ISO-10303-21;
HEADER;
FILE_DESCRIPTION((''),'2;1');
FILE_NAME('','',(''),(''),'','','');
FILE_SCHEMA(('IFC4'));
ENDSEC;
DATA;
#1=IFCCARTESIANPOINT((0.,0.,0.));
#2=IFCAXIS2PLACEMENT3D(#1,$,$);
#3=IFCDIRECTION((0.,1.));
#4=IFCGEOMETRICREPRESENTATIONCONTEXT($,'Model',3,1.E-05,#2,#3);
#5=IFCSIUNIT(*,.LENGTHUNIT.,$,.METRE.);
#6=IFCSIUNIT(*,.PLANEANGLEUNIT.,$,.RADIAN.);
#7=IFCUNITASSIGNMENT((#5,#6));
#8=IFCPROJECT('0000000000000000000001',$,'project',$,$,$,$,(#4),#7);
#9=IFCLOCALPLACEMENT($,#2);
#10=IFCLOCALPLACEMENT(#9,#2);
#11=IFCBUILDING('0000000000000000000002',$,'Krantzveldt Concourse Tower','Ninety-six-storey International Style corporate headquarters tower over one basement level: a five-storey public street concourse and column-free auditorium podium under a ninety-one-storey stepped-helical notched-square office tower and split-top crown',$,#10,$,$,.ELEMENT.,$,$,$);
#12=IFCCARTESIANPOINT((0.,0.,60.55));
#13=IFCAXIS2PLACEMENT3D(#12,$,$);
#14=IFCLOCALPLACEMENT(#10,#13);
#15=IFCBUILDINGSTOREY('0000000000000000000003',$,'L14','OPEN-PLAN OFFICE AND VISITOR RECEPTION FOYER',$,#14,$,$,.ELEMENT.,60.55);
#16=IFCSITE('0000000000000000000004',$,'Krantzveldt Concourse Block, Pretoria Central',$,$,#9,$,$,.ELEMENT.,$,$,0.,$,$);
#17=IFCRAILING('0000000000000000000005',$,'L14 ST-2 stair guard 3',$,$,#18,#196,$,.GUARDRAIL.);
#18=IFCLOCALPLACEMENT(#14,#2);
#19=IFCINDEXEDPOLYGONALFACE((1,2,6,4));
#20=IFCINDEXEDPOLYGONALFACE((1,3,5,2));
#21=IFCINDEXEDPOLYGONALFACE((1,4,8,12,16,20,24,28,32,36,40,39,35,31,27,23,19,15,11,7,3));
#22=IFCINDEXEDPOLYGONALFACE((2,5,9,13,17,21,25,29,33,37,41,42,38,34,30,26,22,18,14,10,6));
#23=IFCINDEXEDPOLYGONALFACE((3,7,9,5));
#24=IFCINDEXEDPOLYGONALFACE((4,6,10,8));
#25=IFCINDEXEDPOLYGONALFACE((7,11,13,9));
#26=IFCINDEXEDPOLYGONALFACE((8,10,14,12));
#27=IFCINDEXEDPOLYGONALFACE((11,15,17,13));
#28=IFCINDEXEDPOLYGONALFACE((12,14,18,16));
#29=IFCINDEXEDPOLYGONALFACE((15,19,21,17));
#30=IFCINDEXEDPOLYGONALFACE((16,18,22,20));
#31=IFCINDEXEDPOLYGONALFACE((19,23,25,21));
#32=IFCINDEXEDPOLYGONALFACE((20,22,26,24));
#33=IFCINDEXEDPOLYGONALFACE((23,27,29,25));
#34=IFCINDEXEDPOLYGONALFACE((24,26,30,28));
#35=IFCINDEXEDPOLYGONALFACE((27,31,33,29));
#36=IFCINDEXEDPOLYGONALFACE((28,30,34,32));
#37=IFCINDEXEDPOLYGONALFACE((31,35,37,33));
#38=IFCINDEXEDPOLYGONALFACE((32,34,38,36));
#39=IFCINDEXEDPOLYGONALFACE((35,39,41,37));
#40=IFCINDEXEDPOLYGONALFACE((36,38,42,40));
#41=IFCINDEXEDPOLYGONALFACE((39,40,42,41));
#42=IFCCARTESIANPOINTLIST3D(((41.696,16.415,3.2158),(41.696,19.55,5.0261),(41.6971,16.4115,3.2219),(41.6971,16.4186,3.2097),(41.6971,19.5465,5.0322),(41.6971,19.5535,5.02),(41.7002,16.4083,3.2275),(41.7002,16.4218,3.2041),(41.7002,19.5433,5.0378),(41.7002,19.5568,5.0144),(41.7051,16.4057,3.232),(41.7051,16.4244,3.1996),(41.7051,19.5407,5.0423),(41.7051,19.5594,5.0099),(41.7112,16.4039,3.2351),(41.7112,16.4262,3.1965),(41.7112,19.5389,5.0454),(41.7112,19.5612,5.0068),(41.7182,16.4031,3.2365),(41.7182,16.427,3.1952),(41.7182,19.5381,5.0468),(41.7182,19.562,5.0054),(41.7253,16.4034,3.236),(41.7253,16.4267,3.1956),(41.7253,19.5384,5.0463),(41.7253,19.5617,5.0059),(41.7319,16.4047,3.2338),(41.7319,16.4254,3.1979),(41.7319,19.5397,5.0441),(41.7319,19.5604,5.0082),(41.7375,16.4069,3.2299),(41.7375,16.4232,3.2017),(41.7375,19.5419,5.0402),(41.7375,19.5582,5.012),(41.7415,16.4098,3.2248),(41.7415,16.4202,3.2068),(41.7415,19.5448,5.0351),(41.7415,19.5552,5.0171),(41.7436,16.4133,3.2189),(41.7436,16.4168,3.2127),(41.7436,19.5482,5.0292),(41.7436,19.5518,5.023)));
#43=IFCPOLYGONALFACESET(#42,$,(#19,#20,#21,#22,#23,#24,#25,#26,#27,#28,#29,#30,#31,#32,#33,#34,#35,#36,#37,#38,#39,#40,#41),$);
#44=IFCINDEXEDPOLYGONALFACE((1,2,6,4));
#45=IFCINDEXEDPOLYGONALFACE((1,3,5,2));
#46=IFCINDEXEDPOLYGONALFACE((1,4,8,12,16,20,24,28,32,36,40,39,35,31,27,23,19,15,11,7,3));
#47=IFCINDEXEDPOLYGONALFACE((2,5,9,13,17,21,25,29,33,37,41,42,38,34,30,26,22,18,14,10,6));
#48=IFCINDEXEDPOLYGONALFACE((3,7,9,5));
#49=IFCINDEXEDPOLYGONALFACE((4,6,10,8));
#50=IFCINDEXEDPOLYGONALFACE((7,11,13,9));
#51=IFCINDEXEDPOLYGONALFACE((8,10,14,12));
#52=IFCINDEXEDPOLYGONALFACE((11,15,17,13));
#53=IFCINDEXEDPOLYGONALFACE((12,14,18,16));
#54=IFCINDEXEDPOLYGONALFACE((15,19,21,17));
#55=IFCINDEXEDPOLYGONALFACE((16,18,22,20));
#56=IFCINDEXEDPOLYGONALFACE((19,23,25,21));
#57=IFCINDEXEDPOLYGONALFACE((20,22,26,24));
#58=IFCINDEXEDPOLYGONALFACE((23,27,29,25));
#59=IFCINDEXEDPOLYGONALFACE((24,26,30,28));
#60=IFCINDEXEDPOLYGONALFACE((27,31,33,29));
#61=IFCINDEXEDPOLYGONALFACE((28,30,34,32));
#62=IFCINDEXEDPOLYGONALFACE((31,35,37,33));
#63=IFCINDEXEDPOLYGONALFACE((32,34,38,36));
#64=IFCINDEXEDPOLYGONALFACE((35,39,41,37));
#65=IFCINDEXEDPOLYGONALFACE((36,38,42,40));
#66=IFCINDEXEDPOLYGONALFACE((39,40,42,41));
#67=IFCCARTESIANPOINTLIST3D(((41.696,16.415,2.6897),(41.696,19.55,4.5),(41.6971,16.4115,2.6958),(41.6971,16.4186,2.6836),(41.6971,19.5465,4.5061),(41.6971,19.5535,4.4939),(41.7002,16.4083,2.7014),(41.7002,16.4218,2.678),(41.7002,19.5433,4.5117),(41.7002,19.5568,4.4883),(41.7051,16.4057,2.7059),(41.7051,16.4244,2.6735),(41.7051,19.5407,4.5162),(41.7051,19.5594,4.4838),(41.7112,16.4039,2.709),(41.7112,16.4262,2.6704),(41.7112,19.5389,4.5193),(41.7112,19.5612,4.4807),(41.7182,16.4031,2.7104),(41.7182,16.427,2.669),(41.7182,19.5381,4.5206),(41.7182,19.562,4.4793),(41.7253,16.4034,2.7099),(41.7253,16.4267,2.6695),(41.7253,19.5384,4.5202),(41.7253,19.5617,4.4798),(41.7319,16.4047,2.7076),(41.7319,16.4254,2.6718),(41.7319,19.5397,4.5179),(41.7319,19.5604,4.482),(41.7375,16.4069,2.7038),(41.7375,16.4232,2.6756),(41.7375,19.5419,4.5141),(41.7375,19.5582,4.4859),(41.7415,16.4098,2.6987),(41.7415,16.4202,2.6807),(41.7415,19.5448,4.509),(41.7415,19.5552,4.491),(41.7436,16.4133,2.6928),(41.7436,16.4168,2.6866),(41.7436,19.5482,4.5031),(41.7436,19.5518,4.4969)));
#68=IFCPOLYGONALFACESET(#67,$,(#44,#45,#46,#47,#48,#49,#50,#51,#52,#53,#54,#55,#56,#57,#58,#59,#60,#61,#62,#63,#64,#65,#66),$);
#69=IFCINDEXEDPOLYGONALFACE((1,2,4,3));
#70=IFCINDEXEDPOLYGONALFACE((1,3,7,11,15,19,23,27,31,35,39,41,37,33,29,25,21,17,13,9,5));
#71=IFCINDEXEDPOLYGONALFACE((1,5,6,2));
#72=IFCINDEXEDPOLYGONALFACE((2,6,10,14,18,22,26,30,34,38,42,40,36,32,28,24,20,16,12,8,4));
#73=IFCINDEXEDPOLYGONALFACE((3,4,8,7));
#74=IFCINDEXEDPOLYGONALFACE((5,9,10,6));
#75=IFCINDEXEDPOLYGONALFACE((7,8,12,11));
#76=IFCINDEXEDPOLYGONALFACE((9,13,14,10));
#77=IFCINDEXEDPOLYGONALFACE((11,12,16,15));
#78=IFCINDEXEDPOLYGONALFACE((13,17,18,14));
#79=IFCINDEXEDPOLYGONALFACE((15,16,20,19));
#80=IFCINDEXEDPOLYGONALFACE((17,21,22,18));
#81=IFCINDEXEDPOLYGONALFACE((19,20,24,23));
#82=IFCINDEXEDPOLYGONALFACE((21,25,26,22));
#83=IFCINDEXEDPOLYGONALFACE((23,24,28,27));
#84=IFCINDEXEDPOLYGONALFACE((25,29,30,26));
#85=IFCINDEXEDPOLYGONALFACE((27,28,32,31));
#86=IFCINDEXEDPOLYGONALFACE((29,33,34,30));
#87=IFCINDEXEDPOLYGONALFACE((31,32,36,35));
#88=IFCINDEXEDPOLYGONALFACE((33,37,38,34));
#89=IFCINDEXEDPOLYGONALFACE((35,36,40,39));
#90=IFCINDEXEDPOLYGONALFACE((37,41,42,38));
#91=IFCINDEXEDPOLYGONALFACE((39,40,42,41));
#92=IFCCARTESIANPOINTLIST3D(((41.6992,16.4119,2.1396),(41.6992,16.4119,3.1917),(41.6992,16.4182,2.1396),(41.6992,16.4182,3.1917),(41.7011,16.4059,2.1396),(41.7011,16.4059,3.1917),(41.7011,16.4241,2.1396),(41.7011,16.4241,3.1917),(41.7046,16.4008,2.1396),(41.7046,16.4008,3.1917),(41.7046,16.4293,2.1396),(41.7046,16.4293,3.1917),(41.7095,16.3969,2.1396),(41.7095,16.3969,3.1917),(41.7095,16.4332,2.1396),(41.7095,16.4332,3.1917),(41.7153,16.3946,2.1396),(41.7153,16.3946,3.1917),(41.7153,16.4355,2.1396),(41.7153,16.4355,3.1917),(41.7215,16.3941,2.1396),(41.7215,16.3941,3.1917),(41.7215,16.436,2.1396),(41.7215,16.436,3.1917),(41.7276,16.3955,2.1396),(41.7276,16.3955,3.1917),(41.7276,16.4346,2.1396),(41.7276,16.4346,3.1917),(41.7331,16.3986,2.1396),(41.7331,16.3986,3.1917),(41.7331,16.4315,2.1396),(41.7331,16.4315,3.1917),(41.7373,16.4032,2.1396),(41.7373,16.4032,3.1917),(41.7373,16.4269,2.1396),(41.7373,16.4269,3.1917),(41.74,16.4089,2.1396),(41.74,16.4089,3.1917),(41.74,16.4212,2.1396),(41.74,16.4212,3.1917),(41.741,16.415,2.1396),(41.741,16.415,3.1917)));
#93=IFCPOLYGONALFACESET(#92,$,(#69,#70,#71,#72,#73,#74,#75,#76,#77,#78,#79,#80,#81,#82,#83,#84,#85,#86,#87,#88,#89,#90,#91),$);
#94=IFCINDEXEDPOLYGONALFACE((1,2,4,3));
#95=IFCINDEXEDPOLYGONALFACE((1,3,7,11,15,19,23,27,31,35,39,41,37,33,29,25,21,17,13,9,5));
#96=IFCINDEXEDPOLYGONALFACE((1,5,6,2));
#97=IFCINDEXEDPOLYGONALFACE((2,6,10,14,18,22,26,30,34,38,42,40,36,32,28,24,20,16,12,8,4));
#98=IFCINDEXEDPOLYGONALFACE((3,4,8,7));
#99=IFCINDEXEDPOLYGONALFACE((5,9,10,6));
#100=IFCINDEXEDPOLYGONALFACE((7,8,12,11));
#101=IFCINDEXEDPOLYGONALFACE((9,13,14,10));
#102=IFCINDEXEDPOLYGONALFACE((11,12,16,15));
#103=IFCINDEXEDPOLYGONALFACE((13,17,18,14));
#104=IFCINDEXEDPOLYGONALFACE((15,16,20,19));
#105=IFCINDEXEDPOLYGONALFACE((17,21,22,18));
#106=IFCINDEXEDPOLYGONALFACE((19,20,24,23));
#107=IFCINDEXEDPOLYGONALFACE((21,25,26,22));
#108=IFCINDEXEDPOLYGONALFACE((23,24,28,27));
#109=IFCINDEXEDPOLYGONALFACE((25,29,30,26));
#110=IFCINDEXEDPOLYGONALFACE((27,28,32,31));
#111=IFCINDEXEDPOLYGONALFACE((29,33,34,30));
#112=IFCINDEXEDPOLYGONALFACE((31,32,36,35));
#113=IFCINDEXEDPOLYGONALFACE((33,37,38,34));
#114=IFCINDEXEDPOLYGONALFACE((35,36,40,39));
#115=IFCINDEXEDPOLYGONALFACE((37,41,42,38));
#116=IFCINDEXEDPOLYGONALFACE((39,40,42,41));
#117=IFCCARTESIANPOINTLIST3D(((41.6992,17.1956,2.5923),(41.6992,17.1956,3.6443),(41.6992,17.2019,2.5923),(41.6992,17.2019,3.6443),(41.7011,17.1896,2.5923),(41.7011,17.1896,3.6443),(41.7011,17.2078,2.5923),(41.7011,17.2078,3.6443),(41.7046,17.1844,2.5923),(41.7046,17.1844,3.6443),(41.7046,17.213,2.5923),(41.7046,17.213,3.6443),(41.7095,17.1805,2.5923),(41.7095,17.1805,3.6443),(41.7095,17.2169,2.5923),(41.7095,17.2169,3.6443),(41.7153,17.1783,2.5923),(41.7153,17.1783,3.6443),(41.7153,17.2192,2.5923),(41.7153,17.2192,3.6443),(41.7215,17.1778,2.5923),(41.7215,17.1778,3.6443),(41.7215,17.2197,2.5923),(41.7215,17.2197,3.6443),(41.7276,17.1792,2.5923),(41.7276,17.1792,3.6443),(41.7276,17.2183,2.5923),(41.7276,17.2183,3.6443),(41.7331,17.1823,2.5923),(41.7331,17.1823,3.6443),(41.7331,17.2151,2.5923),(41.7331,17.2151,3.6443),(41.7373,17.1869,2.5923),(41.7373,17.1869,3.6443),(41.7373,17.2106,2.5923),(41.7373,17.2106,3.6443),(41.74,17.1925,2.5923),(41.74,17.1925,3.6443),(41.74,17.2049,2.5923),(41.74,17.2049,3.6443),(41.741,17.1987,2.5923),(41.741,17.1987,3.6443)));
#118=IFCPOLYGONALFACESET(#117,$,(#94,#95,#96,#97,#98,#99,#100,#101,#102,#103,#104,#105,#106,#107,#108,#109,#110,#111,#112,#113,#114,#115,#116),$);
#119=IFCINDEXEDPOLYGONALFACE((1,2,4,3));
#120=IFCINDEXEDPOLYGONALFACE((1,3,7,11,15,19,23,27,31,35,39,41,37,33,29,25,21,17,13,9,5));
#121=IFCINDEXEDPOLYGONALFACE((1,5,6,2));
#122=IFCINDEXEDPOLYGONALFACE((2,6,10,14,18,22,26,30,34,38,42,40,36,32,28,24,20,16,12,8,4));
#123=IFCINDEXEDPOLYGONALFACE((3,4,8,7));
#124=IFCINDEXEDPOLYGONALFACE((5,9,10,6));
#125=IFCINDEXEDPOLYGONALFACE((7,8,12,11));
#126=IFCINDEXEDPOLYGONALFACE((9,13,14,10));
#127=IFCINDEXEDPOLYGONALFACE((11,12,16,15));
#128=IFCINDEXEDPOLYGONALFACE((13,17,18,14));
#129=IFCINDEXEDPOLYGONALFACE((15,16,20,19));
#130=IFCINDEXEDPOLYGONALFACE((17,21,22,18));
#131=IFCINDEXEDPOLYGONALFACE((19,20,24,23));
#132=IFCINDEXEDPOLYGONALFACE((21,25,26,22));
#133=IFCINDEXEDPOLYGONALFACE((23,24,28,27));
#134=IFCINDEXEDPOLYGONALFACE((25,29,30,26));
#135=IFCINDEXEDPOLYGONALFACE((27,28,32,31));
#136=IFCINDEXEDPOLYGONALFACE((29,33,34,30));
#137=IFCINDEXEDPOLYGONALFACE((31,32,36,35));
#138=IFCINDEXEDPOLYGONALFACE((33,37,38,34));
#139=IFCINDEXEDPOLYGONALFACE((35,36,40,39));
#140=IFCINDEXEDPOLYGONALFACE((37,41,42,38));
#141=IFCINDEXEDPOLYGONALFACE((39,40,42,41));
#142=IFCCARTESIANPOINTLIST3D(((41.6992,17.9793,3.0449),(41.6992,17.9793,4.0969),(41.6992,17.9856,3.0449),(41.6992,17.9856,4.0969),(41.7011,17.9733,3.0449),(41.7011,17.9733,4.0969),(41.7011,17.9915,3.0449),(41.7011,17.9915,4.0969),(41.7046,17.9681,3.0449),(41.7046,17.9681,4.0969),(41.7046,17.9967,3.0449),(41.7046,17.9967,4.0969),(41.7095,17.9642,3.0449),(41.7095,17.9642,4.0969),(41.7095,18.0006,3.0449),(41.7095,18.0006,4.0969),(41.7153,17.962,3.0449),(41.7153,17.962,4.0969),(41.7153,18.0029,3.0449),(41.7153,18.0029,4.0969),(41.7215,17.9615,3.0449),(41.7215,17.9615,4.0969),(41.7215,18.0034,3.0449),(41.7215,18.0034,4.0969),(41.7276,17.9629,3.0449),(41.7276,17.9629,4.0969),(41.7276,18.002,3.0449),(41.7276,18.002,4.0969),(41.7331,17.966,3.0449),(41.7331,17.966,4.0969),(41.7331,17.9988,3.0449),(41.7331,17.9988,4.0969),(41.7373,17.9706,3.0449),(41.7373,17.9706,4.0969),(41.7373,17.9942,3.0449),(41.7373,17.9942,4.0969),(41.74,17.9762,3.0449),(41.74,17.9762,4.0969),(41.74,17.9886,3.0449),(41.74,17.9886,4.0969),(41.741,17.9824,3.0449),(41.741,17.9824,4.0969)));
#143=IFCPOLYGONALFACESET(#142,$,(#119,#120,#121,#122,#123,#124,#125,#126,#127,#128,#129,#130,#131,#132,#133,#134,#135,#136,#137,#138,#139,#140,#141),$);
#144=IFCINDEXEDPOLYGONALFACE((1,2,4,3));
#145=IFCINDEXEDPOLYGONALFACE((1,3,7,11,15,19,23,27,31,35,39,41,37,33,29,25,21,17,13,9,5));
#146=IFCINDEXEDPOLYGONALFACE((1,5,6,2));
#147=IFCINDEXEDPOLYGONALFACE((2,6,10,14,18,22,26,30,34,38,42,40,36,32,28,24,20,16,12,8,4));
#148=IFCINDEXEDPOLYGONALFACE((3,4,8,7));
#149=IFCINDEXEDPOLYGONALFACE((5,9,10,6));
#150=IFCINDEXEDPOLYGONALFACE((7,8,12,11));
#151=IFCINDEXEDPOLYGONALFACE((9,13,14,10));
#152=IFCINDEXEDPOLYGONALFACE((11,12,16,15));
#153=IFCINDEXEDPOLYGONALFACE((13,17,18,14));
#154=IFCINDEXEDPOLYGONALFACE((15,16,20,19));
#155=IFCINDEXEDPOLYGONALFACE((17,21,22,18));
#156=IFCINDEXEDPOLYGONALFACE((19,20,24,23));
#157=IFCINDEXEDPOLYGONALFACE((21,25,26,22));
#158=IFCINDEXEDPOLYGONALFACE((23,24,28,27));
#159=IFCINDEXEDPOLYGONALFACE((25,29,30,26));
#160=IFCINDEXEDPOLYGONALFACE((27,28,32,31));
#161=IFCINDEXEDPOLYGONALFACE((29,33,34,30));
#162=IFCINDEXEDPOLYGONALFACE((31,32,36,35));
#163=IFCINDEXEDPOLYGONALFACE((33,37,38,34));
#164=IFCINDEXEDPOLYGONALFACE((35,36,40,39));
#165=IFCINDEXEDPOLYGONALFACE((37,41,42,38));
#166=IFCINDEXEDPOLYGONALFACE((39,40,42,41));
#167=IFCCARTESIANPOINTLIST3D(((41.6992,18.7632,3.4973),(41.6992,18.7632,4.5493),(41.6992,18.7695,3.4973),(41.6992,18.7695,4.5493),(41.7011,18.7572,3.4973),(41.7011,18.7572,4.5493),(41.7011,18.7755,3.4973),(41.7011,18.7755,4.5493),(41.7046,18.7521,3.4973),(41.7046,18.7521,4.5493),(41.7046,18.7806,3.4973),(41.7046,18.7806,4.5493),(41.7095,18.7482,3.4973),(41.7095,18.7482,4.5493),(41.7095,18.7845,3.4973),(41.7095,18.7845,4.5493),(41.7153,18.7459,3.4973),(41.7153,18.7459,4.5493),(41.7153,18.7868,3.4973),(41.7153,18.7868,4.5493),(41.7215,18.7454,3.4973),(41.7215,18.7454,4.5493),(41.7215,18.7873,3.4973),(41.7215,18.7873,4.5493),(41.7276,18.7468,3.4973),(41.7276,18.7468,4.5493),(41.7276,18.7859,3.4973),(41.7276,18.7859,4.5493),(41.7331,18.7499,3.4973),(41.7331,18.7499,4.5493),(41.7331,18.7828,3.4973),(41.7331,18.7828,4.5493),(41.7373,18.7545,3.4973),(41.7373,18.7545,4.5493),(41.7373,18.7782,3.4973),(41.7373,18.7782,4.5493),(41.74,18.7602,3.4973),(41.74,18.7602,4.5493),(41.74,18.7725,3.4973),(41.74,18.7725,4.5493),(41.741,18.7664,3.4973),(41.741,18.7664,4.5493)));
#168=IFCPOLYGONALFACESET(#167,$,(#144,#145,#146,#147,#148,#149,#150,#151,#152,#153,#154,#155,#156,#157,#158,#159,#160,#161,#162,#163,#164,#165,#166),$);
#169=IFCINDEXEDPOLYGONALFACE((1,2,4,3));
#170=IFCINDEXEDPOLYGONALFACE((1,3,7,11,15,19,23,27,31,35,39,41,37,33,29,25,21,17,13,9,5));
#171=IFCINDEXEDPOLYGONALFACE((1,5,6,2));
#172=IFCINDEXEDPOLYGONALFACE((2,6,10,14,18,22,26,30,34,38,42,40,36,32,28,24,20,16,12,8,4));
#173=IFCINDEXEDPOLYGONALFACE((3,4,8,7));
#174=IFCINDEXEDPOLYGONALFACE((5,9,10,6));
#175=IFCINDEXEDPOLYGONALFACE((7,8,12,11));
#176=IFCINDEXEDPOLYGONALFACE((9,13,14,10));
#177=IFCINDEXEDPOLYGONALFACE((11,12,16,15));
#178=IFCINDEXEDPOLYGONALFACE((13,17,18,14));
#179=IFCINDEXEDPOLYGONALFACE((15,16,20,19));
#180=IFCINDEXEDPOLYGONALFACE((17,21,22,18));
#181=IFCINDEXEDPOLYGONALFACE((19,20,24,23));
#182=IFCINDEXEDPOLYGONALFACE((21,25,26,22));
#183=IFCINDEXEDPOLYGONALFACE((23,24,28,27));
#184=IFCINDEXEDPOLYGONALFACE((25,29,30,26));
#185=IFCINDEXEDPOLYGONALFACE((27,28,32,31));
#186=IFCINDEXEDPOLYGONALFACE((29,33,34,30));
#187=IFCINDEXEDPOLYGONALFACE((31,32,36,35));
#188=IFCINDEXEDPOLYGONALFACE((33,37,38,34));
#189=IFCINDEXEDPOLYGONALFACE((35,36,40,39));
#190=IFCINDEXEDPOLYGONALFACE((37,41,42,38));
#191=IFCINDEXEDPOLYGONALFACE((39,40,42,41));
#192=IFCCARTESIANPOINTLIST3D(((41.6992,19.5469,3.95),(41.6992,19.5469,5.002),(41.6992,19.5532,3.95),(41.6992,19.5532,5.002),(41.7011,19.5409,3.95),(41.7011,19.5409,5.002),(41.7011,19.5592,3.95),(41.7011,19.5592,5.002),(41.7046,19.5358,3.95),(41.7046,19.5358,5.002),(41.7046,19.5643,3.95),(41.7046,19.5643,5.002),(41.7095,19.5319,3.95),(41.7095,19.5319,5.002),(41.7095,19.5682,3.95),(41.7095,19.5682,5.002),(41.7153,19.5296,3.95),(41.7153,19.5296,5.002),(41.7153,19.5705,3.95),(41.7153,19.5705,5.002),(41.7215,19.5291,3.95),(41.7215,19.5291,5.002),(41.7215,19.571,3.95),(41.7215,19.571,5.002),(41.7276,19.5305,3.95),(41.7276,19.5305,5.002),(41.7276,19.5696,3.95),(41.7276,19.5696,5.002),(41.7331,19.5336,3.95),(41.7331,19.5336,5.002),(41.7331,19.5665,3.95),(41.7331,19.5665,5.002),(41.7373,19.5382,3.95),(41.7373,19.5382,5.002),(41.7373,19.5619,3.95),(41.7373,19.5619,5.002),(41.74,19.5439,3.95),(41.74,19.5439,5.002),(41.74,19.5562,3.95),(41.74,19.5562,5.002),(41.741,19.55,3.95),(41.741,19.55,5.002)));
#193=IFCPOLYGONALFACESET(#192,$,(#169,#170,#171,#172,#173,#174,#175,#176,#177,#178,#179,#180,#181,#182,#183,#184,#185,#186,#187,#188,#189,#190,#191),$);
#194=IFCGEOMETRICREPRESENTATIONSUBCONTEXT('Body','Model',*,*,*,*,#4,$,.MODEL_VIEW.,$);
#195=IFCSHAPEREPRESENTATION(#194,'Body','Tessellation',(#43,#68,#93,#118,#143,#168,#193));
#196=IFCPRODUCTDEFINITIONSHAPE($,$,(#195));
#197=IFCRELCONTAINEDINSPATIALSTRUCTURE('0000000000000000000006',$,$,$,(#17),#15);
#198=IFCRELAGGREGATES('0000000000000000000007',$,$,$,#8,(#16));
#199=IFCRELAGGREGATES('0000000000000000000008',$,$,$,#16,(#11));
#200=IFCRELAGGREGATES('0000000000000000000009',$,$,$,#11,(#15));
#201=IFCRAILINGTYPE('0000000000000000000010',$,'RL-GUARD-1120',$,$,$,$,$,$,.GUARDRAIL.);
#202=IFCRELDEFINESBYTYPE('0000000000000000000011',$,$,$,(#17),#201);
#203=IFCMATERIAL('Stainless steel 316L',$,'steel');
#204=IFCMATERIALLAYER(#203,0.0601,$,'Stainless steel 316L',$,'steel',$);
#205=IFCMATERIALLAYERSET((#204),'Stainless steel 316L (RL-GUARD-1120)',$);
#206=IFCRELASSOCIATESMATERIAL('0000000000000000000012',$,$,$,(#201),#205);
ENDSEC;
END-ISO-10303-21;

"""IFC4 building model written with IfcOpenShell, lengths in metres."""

from ifc_helpers import new_model, si_unit, direction, frame, origin, origin_2d, place, context, subcontext, project, spatial, circle, extrude, material, layer, layer_set, type_object, element, save


model = new_model("IFC4")

# Units and contexts
model_context = context("Model", 3, precision=1e-05, world=origin(), true_north=direction((0.0, 1.0)))
body_context = subcontext(model_context, "Body", "Model", "MODEL_VIEW")
ifc_project = project(units=[si_unit("LENGTHUNIT", "METRE"), si_unit("PLANEANGLEUNIT", "RADIAN")], contexts=[model_context])

# Site, building, storey
site_placement = place(None, origin())
site = spatial("IfcSite", under=ifc_project, at=site_placement, Name="Krantzveldt Concourse Block, Pretoria Central", CompositionType="ELEMENT", RefElevation=0.0)
building_placement = place(site_placement, origin())
building = spatial("IfcBuilding", under=site, at=building_placement, Name="Krantzveldt Concourse Tower", Description="Ninety-six-storey International Style corporate headquarters tower over one basement level: a five-storey public street concourse and column-free auditorium podium under a ninety-one-storey stepped-helical notched-square office tower and split-top crown", CompositionType="ELEMENT")
storey_placement = place(building_placement, frame((0.0, 0.0, 60.55)))
storey = spatial("IfcBuildingStorey", under=building, at=storey_placement, Name="L14", Description="OPEN-PLAN OFFICE AND VISITOR RECEPTION FOYER", CompositionType="ELEMENT", Elevation=60.55)

# Shared definitions
ifc_material_1 = material(Name="Stainless steel 316L", Category="steel")

# Railing
ifc_layer_1 = layer(ifc_material_1, 0.0601, Name="Stainless steel 316L", Category="steel")
ifc_layer_set_1 = layer_set([ifc_layer_1], Name="Stainless steel 316L (RL-GUARD-1120)")
railing_type_1 = type_object("IfcRailingType", Name="RL-GUARD-1120", PredefinedType="GUARDRAIL", material=ifc_layer_set_1)
railing_1_placement = place(storey_placement, frame((41.72, 16.415, 2.1396)))
element("IfcRailing", 1, at=railing_1_placement, inside=storey, type_object=railing_type_1, Name="L14 ST-2 stair guard 3", PredefinedType="GUARDRAIL", context=body_context, shape_type="SweptSolid", body=[
    extrude(circle(Radius=0.0239, at=origin_2d()), frame((0.0, 0.0, 1.0762), z_axis=(0.0, 0.865989, 0.500063), x_axis=(-1.0, 0.0, 0.0)), (0.0, 0.0, 1.0), 3.6201),
    extrude(circle(Radius=0.0239, at=origin_2d()), frame((0.0, 0.0, 0.55), z_axis=(0.0, 0.865989, 0.500063), x_axis=(-1.0, 0.0, 0.0)), (0.0, 0.0, 1.0), 3.6201),
    extrude(circle(Radius=0.021, at=origin_2d()), origin(), (0.0, 0.0, 1.0), 1.052),
    extrude(circle(Radius=0.021, at=origin_2d()), frame((0.0, 0.7837, 0.4526)), (0.0, 0.0, 1.0), 1.052),
    extrude(circle(Radius=0.021, at=origin_2d()), frame((0.0, 1.5674, 0.9053)), (0.0, 0.0, 1.0), 1.052),
    extrude(circle(Radius=0.021, at=origin_2d()), frame((0.0, 2.3513, 1.3577)), (0.0, 0.0, 1.0), 1.052),
    extrude(circle(Radius=0.021, at=origin_2d()), frame((0.0, 3.135, 1.8103)), (0.0, 0.0, 1.0), 1.052),
])

save(model, "model.ifc")
